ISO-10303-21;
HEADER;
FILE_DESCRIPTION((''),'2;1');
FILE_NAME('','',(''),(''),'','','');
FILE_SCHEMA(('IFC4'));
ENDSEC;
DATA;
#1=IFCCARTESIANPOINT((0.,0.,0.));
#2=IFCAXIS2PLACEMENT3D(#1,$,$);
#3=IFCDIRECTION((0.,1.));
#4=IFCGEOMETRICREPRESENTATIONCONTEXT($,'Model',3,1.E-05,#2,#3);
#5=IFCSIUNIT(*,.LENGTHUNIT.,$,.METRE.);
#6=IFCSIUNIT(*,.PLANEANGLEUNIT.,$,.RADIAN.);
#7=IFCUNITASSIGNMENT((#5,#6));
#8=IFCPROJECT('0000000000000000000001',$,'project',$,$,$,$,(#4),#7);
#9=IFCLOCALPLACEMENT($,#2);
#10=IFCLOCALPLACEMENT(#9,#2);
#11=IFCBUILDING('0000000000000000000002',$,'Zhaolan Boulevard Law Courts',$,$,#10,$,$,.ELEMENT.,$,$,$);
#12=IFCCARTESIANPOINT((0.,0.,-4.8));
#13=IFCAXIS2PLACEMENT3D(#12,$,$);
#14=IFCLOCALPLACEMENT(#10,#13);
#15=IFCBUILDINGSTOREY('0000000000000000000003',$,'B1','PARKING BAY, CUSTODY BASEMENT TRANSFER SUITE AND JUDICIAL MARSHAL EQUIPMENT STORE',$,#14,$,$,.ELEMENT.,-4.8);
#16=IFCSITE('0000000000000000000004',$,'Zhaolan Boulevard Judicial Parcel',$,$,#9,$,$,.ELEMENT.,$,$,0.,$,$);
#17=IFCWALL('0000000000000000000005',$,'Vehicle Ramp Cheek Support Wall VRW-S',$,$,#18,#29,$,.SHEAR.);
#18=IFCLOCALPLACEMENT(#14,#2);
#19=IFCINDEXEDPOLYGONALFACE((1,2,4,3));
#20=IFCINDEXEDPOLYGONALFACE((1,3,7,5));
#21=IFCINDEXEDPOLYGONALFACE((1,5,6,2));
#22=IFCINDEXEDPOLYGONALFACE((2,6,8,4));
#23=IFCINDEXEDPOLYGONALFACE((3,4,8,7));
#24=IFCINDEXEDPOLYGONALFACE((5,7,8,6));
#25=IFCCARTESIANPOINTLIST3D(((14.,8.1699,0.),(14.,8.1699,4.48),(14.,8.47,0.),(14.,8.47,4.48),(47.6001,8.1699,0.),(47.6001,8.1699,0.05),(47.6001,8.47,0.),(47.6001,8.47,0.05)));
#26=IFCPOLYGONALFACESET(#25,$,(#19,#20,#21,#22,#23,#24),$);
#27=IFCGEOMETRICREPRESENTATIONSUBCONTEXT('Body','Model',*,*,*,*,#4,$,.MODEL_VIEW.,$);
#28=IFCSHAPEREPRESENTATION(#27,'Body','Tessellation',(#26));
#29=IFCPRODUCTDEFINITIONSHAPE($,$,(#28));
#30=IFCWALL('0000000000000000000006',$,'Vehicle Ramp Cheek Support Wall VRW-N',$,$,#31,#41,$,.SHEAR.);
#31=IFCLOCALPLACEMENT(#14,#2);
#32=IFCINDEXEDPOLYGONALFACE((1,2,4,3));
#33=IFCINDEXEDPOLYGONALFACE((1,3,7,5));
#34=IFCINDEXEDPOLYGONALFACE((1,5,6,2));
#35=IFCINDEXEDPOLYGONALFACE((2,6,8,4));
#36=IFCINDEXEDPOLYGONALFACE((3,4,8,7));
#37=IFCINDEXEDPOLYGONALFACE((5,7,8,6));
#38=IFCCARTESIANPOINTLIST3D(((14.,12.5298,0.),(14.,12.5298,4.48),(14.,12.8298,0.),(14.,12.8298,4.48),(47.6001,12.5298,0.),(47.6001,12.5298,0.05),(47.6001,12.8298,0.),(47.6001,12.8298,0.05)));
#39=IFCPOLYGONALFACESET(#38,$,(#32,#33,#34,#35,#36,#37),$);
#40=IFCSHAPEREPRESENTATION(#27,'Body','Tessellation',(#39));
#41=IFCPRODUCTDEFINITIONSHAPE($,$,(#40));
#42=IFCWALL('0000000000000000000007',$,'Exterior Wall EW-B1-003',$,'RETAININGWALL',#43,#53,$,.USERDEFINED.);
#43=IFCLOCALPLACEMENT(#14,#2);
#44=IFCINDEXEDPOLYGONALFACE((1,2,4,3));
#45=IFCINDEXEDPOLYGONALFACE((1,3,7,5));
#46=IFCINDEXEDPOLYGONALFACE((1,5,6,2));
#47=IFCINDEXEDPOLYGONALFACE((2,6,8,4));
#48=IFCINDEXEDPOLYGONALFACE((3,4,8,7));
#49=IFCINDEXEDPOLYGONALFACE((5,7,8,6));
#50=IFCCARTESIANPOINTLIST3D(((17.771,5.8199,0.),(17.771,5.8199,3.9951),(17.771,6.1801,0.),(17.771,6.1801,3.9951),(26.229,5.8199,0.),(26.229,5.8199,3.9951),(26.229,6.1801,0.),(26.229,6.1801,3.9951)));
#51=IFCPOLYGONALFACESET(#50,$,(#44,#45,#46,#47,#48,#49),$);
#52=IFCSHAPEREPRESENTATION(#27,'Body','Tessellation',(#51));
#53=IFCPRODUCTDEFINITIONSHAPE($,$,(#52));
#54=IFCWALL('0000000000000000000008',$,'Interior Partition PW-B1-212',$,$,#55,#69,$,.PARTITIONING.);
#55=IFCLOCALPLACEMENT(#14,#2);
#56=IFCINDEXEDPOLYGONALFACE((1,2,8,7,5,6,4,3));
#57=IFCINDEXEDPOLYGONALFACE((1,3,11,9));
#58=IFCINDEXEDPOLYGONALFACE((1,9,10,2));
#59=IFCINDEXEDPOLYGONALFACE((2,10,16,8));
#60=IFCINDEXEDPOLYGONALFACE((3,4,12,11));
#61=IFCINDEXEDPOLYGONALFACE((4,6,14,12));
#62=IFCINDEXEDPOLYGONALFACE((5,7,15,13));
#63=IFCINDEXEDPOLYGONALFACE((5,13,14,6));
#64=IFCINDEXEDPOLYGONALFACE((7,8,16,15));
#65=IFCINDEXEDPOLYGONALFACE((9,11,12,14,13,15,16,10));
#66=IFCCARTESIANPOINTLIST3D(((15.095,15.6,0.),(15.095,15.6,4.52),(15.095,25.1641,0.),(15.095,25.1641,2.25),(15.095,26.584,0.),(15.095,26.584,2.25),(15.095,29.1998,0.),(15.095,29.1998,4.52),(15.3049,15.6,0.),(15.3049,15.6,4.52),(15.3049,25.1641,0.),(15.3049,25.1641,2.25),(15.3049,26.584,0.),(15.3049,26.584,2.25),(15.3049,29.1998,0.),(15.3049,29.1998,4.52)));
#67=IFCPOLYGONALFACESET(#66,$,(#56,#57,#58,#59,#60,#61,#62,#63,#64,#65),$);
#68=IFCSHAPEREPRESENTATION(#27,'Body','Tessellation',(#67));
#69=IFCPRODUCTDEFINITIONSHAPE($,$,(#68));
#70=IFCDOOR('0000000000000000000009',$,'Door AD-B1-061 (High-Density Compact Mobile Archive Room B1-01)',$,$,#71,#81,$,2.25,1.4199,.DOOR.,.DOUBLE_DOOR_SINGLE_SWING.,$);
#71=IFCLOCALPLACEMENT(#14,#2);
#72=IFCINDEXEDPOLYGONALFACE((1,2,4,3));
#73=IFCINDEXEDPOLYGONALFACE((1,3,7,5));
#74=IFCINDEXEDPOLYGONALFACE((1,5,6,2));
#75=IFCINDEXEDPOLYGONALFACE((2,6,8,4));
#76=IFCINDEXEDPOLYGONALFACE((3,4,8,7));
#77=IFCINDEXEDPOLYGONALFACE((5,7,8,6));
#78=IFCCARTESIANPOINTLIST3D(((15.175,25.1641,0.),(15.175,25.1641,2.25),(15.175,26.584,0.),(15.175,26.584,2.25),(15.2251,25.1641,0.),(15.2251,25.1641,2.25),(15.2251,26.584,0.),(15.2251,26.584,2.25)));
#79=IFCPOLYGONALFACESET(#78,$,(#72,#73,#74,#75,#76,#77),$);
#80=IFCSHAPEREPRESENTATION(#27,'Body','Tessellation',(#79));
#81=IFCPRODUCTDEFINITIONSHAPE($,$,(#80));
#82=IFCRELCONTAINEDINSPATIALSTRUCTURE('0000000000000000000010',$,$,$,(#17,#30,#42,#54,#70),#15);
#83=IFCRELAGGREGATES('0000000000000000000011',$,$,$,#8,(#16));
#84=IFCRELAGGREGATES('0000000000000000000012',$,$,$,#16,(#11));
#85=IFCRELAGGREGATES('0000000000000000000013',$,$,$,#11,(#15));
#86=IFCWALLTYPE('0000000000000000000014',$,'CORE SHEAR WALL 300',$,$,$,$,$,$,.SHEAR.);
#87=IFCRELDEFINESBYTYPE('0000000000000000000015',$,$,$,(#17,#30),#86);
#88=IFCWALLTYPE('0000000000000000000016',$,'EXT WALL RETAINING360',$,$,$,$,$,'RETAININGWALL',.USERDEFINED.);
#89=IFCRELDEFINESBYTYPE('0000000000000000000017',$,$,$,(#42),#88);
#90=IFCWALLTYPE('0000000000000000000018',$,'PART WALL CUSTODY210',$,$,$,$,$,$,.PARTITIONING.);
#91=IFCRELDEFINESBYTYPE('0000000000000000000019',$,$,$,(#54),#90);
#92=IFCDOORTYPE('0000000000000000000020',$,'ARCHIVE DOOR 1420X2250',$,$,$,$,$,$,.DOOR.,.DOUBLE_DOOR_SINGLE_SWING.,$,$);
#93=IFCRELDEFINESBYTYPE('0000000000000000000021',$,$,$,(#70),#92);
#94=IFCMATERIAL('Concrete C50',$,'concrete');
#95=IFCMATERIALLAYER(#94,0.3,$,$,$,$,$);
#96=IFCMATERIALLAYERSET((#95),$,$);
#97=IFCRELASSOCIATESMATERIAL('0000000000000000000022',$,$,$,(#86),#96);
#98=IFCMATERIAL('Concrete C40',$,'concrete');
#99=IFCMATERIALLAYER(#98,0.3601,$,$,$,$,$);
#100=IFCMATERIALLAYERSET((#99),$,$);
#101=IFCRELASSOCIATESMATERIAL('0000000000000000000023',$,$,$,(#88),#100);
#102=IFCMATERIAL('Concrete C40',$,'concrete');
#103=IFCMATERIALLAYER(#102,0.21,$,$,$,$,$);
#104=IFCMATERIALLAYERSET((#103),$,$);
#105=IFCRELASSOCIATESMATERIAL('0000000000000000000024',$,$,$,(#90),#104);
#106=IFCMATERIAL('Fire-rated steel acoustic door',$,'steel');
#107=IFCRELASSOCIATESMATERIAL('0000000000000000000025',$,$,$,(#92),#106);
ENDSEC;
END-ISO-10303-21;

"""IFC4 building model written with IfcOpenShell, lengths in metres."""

from ifc_helpers import new_model, si_unit, direction, frame, frame_2d, origin, place, context, subcontext, project, spatial, polyline, rectangle, outline, extrude, material, layer, layer_set, type_object, element, fill, save


model = new_model("IFC4")

# Units and contexts
model_context = context("Model", 3, precision=1e-05, world=origin(), true_north=direction((0.0, 1.0)))
body_context = subcontext(model_context, "Body", "Model", "MODEL_VIEW")
ifc_project = project(units=[si_unit("LENGTHUNIT", "METRE"), si_unit("PLANEANGLEUNIT", "RADIAN")], contexts=[model_context])

# Site, building, storey
site_placement = place(None, origin())
site = spatial("IfcSite", under=ifc_project, at=site_placement, Name="Zhaolan Boulevard Judicial Parcel", CompositionType="ELEMENT", RefElevation=0.0)
building_placement = place(site_placement, origin())
building = spatial("IfcBuilding", under=site, at=building_placement, Name="Zhaolan Boulevard Law Courts", CompositionType="ELEMENT")
storey_placement = place(building_placement, frame((0.0, 0.0, -4.8)))
storey = spatial("IfcBuildingStorey", under=building, at=storey_placement, Name="B1", Description="PARKING BAY, CUSTODY BASEMENT TRANSFER SUITE AND JUDICIAL MARSHAL EQUIPMENT STORE", CompositionType="ELEMENT", Elevation=-4.8)

# Walls
ifc_material_1 = material(Name="Concrete C50", Category="concrete")
ifc_layer_1 = layer(ifc_material_1, 0.3)
ifc_layer_set_1 = layer_set([ifc_layer_1])
wall_type_1 = type_object("IfcWallType", Name="CORE SHEAR WALL 300", PredefinedType="SHEAR", material=ifc_layer_set_1)
for number, where, z_axis, x_axis, name in (
    (1, (14.0, 8.3201, 0.0), (0.0, 0.0, 1.0), (1.0, 0.0, 0.0), "Vehicle Ramp Cheek Support Wall VRW-S"),
    (2, (14.0, 12.6799, 0.0), (0.0, 0.0, 1.0), (1.0, 0.0, 0.0), "Vehicle Ramp Cheek Support Wall VRW-N"),
):
    element("IfcWall", number, at=place(storey_placement, frame(where, z_axis=z_axis, x_axis=x_axis)), inside=storey, type_object=wall_type_1, Name=name, PredefinedType="SHEAR", context=body_context, shape_type="SweptSolid", body=[
        extrude(outline(polyline([(0.0, 0.0), (33.6001, 0.0), (33.6001, 0.05), (0.0, 4.48), (0.0, 0.0)])), frame((0.0, 0.1499, 0.0), z_axis=(0.0, -1.0, 0.0), x_axis=(1.0, 0.0, 0.0)), (0.0, 0.0, 1.0), 0.3),
    ])
ifc_material_2 = material(Name="Concrete C40", Category="concrete")
ifc_layer_2 = layer(ifc_material_2, 0.3601)
ifc_layer_set_2 = layer_set([ifc_layer_2])
wall_type_2 = type_object("IfcWallType", Name="EXT WALL RETAINING360", ElementType="RETAININGWALL", PredefinedType="USERDEFINED", material=ifc_layer_set_2)
wall_1_placement = place(storey_placement, frame((17.771, 6.0, 0.0), z_axis=(0.0, 0.0, 1.0), x_axis=(1.0, 0.0, 0.0)))
element("IfcWall", 3, at=wall_1_placement, inside=storey, type_object=wall_type_2, Name="Exterior Wall EW-B1-003", ObjectType="RETAININGWALL", PredefinedType="USERDEFINED", context=body_context, shape_type="SweptSolid", body=[
    extrude(rectangle(XDim=8.458, YDim=0.3601, at=frame_2d((4.229, 0.0))), origin(), (0.0, 0.0, 1.0), 3.9951),
])

# Wall, opening, door
ifc_material_3 = material(Name="Concrete C40", Category="concrete")
ifc_layer_3 = layer(ifc_material_3, 0.21)
ifc_layer_set_3 = layer_set([ifc_layer_3])
wall_type_3 = type_object("IfcWallType", Name="PART WALL CUSTODY210", PredefinedType="PARTITIONING", material=ifc_layer_set_3)
wall_2_placement = place(storey_placement, frame((15.2, 15.6001, 0.0), z_axis=(0.0, 0.0, 1.0), x_axis=(0.0, 1.0, 0.0)))
wall_2 = element("IfcWall", 4, at=wall_2_placement, inside=storey, type_object=wall_type_3, Name="Interior Partition PW-B1-212", PredefinedType="PARTITIONING", context=body_context, shape_type="SweptSolid", body=[
    extrude(rectangle(XDim=13.5999, YDim=0.21, at=frame_2d((6.7998, 0.0))), origin(), (0.0, 0.0, 1.0), 4.52),
])
opening_placement = place(wall_2_placement, frame((9.564, 0.0, 0.0)))
opening = element("IfcOpeningElement", 5, at=opening_placement, cuts=wall_2, PredefinedType="OPENING", context=body_context, shape_type="SweptSolid", body=[
    extrude(rectangle(XDim=1.4199, YDim=2.25, at=frame_2d((0.71, 1.125))), frame((0.0, 0.115, 0.0), z_axis=(0.0, -1.0, 0.0), x_axis=(1.0, 0.0, 0.0)), (0.0, 0.0, 1.0), 0.23),
])
ifc_material_4 = material(Name="Fire-rated steel acoustic door", Category="steel")
door_type = type_object("IfcDoorType", Name="ARCHIVE DOOR 1420X2250", OperationType="DOUBLE_DOOR_SINGLE_SWING", PredefinedType="DOOR", material=ifc_material_4)
door_placement = place(opening_placement, origin())
door = element("IfcDoor", 6, at=door_placement, inside=storey, type_object=door_type, Name="Door AD-B1-061 (High-Density Compact Mobile Archive Room B1-01)", OperationType="DOUBLE_DOOR_SINGLE_SWING", OverallHeight=2.25, OverallWidth=1.4199, PredefinedType="DOOR", context=body_context, shape_type="SweptSolid", body=[
    extrude(rectangle(XDim=1.4199, YDim=2.25, at=frame_2d((0.71, 1.125))), frame((0.0, 0.0249, 0.0), z_axis=(0.0, -1.0, 0.0), x_axis=(1.0, 0.0, 0.0)), (0.0, 0.0, 1.0), 0.05),
])
fill(opening, door)

save(model, "model.ifc")
